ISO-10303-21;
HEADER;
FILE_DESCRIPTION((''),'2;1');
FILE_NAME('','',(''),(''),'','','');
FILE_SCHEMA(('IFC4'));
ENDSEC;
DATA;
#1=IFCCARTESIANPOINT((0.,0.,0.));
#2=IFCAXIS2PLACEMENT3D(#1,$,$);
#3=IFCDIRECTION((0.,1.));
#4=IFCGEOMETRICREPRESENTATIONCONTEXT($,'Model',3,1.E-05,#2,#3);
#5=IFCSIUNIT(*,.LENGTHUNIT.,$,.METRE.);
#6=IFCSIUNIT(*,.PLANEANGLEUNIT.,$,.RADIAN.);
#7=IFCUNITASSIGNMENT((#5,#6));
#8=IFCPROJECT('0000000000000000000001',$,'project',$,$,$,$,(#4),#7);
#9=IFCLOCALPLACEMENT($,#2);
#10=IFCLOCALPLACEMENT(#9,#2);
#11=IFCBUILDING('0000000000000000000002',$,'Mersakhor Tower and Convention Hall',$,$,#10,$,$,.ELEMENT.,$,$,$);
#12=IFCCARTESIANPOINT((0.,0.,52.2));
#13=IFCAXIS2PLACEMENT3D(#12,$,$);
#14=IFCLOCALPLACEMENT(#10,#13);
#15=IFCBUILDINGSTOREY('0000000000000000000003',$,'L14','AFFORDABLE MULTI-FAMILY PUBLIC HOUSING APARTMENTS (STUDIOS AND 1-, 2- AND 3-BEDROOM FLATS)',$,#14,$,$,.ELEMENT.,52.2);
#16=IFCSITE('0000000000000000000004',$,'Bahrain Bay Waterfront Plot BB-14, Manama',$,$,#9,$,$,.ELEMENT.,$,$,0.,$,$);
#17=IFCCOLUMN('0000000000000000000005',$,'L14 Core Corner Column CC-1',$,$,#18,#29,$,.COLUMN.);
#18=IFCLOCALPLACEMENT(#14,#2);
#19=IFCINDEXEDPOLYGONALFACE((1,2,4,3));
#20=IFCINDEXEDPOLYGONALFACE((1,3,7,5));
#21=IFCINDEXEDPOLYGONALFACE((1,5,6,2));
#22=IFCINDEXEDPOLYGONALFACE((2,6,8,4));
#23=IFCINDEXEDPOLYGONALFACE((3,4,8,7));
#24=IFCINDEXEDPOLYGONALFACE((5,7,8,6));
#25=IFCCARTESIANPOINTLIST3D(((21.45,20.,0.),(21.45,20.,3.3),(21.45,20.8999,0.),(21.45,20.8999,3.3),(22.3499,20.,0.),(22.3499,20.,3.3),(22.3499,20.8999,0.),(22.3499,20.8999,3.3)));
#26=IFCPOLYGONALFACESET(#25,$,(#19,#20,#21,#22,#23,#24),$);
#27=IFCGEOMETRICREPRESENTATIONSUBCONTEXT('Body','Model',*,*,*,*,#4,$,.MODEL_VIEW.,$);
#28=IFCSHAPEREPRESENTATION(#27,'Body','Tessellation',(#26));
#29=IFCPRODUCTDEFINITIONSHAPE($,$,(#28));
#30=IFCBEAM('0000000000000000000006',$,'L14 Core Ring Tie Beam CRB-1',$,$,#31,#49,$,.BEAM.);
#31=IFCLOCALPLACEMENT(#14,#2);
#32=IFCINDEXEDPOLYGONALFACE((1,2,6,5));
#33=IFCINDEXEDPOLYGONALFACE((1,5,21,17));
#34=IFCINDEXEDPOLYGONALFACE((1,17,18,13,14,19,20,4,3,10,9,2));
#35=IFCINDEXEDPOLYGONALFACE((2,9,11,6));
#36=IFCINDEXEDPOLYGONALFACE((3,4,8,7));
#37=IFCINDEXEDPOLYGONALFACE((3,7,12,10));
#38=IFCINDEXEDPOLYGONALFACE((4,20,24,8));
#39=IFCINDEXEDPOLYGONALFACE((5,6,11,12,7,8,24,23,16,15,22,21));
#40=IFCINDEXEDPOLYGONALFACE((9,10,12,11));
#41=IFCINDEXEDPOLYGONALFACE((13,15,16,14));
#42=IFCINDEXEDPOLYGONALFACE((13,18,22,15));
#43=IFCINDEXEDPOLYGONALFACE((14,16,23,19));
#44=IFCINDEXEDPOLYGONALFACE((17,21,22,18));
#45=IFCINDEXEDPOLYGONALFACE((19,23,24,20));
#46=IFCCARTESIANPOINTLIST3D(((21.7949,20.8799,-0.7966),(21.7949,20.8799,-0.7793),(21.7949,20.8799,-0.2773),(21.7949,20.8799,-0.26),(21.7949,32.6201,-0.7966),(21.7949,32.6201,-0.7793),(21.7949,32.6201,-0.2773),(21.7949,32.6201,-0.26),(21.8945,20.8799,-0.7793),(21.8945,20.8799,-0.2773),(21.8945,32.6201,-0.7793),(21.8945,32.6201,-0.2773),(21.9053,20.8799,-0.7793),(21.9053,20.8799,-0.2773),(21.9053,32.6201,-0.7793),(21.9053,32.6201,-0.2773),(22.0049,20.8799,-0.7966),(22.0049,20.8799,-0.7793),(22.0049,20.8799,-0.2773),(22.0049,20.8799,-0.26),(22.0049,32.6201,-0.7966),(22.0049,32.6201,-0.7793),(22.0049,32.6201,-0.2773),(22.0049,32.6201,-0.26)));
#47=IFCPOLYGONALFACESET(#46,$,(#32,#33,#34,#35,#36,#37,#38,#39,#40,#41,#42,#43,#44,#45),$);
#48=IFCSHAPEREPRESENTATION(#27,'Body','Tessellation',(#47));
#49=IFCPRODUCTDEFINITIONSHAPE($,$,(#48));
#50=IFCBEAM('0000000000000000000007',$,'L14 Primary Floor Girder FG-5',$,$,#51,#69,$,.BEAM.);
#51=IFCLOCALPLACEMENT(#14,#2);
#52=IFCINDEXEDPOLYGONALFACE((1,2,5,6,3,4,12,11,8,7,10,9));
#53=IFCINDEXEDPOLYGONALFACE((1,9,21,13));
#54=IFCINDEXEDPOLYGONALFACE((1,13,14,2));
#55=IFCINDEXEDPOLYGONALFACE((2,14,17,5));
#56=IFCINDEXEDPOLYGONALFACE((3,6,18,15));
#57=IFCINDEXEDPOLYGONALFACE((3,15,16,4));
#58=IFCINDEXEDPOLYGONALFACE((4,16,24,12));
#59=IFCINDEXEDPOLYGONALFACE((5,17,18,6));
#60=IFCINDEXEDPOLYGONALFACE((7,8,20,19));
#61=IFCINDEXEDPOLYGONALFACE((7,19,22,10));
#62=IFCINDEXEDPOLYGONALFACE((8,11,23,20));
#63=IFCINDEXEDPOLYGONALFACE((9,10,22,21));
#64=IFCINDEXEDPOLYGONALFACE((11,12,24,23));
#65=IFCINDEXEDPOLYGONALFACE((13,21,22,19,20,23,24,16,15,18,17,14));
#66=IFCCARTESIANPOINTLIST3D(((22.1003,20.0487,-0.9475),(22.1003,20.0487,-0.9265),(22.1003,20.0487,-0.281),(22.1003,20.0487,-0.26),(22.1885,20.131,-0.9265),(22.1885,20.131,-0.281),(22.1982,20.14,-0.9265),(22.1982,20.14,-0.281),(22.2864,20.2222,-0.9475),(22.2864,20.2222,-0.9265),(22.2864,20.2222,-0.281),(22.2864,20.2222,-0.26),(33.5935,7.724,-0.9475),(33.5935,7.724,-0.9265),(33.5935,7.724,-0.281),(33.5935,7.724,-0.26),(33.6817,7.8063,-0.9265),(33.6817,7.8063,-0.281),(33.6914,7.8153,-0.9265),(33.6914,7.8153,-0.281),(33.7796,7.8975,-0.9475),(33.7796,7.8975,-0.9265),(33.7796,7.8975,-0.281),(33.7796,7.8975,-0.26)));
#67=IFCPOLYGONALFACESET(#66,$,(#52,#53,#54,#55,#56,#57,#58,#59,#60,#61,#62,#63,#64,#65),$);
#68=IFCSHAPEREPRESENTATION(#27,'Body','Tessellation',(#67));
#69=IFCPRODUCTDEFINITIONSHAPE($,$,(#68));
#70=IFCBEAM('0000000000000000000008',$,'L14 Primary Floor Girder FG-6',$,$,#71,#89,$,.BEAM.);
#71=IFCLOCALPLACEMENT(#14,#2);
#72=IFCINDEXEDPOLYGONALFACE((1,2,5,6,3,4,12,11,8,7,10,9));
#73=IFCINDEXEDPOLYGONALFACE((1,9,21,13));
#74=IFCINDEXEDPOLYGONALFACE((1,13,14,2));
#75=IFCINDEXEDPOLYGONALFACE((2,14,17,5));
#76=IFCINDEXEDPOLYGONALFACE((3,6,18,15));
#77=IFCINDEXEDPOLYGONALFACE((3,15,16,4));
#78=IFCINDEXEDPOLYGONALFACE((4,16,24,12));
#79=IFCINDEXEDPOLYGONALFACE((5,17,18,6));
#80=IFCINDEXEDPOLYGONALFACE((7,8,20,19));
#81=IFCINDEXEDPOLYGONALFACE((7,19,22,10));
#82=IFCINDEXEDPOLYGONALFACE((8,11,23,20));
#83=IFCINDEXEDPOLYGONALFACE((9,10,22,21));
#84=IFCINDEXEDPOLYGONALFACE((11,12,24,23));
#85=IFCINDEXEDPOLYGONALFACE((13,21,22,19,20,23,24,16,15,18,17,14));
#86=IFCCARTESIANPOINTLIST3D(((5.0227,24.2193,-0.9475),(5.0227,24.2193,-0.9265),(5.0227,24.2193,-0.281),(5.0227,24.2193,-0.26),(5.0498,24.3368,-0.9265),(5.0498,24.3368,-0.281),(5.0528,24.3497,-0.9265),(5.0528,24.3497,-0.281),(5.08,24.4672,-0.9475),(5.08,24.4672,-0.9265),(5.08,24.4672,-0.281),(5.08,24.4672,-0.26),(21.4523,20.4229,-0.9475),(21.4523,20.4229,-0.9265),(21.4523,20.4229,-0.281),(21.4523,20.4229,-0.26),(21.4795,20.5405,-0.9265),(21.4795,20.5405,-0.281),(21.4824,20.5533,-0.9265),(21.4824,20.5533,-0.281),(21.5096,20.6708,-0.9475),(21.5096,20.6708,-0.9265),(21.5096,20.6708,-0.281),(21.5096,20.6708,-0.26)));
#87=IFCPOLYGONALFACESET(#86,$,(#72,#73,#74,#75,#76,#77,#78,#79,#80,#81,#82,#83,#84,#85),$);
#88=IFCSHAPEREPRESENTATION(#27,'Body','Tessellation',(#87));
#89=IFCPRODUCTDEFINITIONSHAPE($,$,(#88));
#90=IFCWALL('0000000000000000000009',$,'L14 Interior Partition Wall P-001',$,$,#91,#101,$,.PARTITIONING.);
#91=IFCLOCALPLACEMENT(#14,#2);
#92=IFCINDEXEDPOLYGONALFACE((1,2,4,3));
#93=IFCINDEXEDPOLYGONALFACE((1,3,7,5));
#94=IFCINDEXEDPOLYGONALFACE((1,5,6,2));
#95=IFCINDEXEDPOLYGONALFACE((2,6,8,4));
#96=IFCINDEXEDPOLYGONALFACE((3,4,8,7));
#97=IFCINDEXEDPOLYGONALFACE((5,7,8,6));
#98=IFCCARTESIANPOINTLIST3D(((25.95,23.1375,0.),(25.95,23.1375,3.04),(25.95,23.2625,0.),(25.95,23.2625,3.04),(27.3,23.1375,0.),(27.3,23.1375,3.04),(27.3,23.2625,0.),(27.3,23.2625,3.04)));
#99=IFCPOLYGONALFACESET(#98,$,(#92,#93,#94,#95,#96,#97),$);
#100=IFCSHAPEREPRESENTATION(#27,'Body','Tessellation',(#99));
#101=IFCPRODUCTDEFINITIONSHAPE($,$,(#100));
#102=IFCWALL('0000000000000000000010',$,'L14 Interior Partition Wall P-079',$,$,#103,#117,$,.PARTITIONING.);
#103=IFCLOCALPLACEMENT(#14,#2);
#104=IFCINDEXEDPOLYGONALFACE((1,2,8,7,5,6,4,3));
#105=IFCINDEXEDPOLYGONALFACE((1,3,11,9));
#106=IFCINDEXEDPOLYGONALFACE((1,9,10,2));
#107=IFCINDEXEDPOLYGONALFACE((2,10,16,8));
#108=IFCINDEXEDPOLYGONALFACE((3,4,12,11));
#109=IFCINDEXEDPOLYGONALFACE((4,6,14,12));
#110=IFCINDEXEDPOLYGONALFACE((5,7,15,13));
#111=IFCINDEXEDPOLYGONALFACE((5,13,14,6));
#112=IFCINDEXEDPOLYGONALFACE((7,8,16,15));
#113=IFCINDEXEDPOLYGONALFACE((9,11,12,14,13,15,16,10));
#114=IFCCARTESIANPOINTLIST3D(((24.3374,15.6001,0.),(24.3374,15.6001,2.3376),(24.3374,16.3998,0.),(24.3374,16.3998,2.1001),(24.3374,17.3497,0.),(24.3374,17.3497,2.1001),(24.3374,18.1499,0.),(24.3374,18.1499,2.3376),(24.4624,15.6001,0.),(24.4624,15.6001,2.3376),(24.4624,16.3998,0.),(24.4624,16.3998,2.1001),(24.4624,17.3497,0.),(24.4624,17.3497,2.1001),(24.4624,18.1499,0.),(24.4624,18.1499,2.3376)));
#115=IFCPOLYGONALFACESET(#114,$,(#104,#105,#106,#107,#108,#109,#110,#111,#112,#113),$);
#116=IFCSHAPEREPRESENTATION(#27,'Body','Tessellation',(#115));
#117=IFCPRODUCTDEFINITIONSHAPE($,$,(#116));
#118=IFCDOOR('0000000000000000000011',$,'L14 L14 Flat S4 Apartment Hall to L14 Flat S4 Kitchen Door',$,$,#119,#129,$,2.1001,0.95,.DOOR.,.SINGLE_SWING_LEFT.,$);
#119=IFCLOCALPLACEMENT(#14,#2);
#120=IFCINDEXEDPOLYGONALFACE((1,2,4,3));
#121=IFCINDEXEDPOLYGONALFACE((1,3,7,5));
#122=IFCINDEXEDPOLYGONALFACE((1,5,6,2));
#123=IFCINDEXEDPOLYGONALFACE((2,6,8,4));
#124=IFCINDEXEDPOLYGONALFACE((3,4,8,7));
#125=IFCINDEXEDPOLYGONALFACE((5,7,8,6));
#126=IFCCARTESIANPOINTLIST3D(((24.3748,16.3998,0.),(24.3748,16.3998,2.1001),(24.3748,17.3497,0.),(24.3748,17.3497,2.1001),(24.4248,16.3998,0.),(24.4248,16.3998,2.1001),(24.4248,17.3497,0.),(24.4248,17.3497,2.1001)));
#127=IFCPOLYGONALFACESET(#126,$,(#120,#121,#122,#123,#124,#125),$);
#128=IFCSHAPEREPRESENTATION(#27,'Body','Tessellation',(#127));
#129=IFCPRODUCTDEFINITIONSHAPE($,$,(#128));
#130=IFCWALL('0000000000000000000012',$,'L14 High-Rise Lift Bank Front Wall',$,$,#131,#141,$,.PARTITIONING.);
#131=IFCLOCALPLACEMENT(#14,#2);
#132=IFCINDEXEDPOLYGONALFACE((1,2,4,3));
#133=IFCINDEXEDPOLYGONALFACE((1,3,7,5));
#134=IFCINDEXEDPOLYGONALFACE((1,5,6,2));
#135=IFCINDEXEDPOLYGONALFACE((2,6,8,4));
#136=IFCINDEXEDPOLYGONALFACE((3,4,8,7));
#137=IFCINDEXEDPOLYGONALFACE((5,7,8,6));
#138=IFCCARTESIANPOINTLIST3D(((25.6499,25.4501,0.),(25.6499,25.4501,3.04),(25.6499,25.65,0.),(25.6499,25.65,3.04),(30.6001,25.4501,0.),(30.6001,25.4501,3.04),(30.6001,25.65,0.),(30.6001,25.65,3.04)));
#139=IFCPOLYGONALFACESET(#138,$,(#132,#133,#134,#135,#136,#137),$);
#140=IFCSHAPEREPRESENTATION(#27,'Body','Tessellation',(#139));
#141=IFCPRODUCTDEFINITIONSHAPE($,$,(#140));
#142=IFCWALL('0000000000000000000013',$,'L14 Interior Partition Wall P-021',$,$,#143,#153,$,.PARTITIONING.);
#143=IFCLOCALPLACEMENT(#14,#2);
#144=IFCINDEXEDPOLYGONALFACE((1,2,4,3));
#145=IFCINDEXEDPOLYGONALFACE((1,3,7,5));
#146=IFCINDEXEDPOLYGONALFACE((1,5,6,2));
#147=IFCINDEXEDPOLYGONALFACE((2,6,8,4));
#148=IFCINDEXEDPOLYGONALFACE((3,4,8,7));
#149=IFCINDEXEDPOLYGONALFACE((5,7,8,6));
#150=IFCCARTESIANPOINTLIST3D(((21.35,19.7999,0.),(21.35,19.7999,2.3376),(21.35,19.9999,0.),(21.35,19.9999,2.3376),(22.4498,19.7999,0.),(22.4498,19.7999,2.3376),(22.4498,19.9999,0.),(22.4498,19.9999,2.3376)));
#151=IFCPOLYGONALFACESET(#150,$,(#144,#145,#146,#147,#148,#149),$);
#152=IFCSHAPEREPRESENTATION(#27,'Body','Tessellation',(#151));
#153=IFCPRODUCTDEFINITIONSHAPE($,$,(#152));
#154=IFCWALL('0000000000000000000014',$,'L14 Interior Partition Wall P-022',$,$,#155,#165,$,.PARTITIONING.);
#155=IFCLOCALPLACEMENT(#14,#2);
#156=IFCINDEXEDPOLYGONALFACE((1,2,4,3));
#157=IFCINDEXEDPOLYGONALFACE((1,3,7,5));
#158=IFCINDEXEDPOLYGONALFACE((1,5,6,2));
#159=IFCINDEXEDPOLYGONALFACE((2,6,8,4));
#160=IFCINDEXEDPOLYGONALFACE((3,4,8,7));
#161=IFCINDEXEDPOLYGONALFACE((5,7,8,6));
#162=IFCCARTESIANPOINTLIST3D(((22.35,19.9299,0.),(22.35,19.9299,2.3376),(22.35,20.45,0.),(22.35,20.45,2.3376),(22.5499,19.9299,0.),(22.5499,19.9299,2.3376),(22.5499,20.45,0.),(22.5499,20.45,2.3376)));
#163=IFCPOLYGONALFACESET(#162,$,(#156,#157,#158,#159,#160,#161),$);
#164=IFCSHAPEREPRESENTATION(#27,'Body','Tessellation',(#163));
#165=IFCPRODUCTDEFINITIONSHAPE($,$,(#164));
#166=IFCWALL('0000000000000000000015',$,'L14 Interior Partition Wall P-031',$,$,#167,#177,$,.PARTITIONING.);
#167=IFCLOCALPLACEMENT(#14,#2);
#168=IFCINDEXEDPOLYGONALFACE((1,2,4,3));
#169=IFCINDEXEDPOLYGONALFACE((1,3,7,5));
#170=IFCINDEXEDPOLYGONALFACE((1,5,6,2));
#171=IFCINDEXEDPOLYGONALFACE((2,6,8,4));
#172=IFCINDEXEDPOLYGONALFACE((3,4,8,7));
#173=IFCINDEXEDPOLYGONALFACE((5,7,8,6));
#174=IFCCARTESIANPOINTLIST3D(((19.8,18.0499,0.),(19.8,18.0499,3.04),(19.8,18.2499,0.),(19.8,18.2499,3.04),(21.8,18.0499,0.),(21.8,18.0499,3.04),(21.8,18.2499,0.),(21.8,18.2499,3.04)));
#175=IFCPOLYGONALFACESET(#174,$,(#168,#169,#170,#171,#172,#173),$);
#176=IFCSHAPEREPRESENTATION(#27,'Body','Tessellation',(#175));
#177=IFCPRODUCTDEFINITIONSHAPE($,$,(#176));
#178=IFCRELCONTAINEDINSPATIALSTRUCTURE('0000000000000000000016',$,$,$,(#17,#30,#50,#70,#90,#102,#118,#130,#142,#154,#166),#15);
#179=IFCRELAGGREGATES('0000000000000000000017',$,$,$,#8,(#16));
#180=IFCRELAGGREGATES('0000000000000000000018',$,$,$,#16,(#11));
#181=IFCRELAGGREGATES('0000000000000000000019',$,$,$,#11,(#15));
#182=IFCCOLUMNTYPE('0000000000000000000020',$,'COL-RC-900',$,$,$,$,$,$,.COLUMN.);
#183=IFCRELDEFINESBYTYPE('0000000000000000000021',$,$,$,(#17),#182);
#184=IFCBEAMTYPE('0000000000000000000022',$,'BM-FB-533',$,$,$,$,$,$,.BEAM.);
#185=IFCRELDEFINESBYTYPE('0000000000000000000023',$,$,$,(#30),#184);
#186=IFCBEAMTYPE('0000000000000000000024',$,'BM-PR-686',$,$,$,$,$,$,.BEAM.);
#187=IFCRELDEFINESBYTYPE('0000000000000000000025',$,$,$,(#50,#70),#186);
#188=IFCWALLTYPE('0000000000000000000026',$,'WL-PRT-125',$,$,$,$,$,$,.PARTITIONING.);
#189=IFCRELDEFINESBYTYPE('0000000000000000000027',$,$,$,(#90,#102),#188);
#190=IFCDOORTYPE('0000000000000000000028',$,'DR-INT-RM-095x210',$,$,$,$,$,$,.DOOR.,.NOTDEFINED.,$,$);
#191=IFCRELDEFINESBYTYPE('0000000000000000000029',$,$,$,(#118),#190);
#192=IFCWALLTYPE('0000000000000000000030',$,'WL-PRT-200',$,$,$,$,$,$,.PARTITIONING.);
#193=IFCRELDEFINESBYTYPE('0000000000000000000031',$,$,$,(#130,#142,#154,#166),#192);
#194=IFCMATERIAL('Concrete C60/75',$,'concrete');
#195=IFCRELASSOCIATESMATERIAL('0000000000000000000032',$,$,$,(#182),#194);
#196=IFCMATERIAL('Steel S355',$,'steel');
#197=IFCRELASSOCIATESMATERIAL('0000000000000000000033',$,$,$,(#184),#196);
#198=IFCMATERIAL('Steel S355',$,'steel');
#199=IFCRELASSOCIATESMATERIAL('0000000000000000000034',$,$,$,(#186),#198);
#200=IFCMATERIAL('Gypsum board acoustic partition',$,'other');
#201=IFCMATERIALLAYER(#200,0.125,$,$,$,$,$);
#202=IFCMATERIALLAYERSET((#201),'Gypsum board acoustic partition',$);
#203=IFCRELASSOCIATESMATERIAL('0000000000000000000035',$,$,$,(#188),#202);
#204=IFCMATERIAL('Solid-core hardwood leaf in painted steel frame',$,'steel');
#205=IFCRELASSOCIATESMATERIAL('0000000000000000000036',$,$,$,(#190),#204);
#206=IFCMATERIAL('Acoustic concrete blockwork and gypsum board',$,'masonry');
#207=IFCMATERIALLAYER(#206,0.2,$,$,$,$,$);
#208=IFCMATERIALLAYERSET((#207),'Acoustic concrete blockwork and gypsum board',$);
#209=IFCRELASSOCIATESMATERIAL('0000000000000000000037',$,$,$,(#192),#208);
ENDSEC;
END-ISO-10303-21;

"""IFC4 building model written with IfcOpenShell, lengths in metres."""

from ifc_helpers import new_model, si_unit, direction, frame, frame_2d, origin, origin_2d, place, context, subcontext, project, spatial, rectangle, i_section, extrude, material, layer, layer_set, material_profile, profile_set, type_object, element, fill, save


model = new_model("IFC4")

# Units and contexts
model_context = context("Model", 3, precision=1e-05, world=origin(), true_north=direction((0.0, 1.0)))
body_context = subcontext(model_context, "Body", "Model", "MODEL_VIEW")
ifc_project = project(units=[si_unit("LENGTHUNIT", "METRE"), si_unit("PLANEANGLEUNIT", "RADIAN")], contexts=[model_context])

# Site, building, storey
site_placement = place(None, origin())
site = spatial("IfcSite", under=ifc_project, at=site_placement, Name="Bahrain Bay Waterfront Plot BB-14, Manama", CompositionType="ELEMENT", RefElevation=0.0)
building_placement = place(site_placement, origin())
building = spatial("IfcBuilding", under=site, at=building_placement, Name="Mersakhor Tower and Convention Hall", CompositionType="ELEMENT")
storey_placement = place(building_placement, frame((0.0, 0.0, 52.2)))
storey = spatial("IfcBuildingStorey", under=building, at=storey_placement, Name="L14", Description="AFFORDABLE MULTI-FAMILY PUBLIC HOUSING APARTMENTS (STUDIOS AND 1-, 2- AND 3-BEDROOM FLATS)", CompositionType="ELEMENT", Elevation=52.2)

# Column
ifc_material_1 = material(Name="Concrete C60/75", Category="concrete")
ifc_material_profile_1 = material_profile(ifc_material_1, rectangle(XDim=0.8999, YDim=0.8999, at=origin_2d()), Name="RC 900x900")
ifc_profile_set_1 = profile_set([ifc_material_profile_1], Name="Concrete C60/75")
column_type = type_object("IfcColumnType", Name="COL-RC-900", PredefinedType="COLUMN", material=ifc_profile_set_1)
column_placement = place(storey_placement, frame((21.8999, 20.45, 0.0), z_axis=(0.0, 0.0, 1.0), x_axis=(1.0, 0.0, 0.0)))
element("IfcColumn", 1, at=column_placement, inside=storey, type_object=column_type, Name="L14 Core Corner Column CC-1", PredefinedType="COLUMN", context=body_context, shape_type="SweptSolid", body=[
    extrude(rectangle(XDim=0.8999, YDim=0.8999, at=origin_2d()), origin(), (0.0, 0.0, 1.0), 3.3),
])

# Beams
ifc_material_2 = material(Name="Steel S355", Category="steel")
ifc_material_profile_2 = material_profile(ifc_material_2, i_section(OverallWidth=0.21, OverallDepth=0.5366, WebThickness=0.0107, FlangeThickness=0.0173, at=origin_2d()), Name="UB 533x210x101")
ifc_profile_set_2 = profile_set([ifc_material_profile_2], Name="Steel S355")
beam_type_1 = type_object("IfcBeamType", Name="BM-FB-533", PredefinedType="BEAM", material=ifc_profile_set_2)
beam_1_placement = place(storey_placement, frame((21.8999, 20.8799, -0.5283), z_axis=(0.0, 1.0, 0.0), x_axis=(-1.0, 0.0, 0.0)))
element("IfcBeam", 2, at=beam_1_placement, inside=storey, type_object=beam_type_1, Name="L14 Core Ring Tie Beam CRB-1", PredefinedType="BEAM", context=body_context, shape_type="SweptSolid", body=[
    extrude(i_section(OverallWidth=0.21, OverallDepth=0.5366, WebThickness=0.0107, FlangeThickness=0.0173, at=origin_2d()), origin(), (0.0, 0.0, 1.0), 11.7402),
])
ifc_material_3 = material(Name="Steel S355", Category="steel")
ifc_material_profile_3 = material_profile(ifc_material_3, i_section(OverallWidth=0.2544, OverallDepth=0.6875, WebThickness=0.0132, FlangeThickness=0.021, at=origin_2d()), Name="UB 686x254x152")
ifc_profile_set_3 = profile_set([ifc_material_profile_3], Name="Steel S355")
beam_type_2 = type_object("IfcBeamType", Name="BM-PR-686", PredefinedType="BEAM", material=ifc_profile_set_3)
beam_2_placement = place(storey_placement, frame((22.1934, 20.1355, -0.6038), z_axis=(0.682004, -0.731348, 0.0), x_axis=(0.731348, 0.682004, 0.0)))
element("IfcBeam", 3, at=beam_2_placement, inside=storey, type_object=beam_type_2, Name="L14 Primary Floor Girder FG-5", PredefinedType="BEAM", context=body_context, shape_type="SweptSolid", body=[
    extrude(i_section(OverallWidth=0.2544, OverallDepth=0.6875, WebThickness=0.0132, FlangeThickness=0.021, at=origin_2d()), origin(), (0.0, 0.0, 1.0), 16.8521),
])
beam_3_placement = place(storey_placement, frame((21.481, 20.5469, -0.6038), z_axis=(-0.974327, 0.225137, 0.0), x_axis=(-0.225137, -0.974327, 0.0)))
element("IfcBeam", 4, at=beam_3_placement, inside=storey, type_object=beam_type_2, Name="L14 Primary Floor Girder FG-6", PredefinedType="BEAM", context=body_context, shape_type="SweptSolid", body=[
    extrude(i_section(OverallWidth=0.2544, OverallDepth=0.6875, WebThickness=0.0132, FlangeThickness=0.021, at=origin_2d()), origin(), (0.0, 0.0, 1.0), 16.8625),
])

# Wall
ifc_material_4 = material(Name="Gypsum board acoustic partition", Category="other")
ifc_layer_1 = layer(ifc_material_4, 0.125)
ifc_layer_set_1 = layer_set([ifc_layer_1], Name="Gypsum board acoustic partition")
wall_type_1 = type_object("IfcWallType", Name="WL-PRT-125", PredefinedType="PARTITIONING", material=ifc_layer_set_1)
wall_1_placement = place(storey_placement, frame((25.95, 23.2, 0.0), z_axis=(0.0, 0.0, 1.0), x_axis=(1.0, 0.0, 0.0)))
element("IfcWall", 5, at=wall_1_placement, inside=storey, type_object=wall_type_1, Name="L14 Interior Partition Wall P-001", PredefinedType="PARTITIONING", context=body_context, shape_type="SweptSolid", body=[
    extrude(rectangle(XDim=1.3501, YDim=0.125, at=frame_2d((0.675, 0.0))), origin(), (0.0, 0.0, 1.0), 3.04),
])

# Wall, opening, door
wall_2_placement = place(storey_placement, frame((24.3999, 18.1499, 0.0), z_axis=(0.0, 0.0, 1.0), x_axis=(0.0, -1.0, 0.0)))
wall_2 = element("IfcWall", 6, at=wall_2_placement, inside=storey, type_object=wall_type_1, Name="L14 Interior Partition Wall P-079", PredefinedType="PARTITIONING", context=body_context, shape_type="SweptSolid", body=[
    extrude(rectangle(XDim=2.5498, YDim=0.125, at=frame_2d((1.2749, 0.0))), origin(), (0.0, 0.0, 1.0), 2.3376),
])
opening_1_placement = place(wall_2_placement, frame((0.8, 0.0, 0.0)))
opening_1 = element("IfcOpeningElement", 7, at=opening_1_placement, cuts=wall_2, PredefinedType="OPENING", context=body_context, shape_type="SweptSolid", body=[
    extrude(rectangle(XDim=0.95, YDim=2.1001, at=frame_2d((0.4751, 1.05))), frame((0.0, 0.0725, 0.0), z_axis=(0.0, -1.0, 0.0), x_axis=(1.0, 0.0, 0.0)), (0.0, 0.0, 1.0), 0.145),
])
ifc_material_5 = material(Name="Solid-core hardwood leaf in painted steel frame", Category="steel")
door_type_1 = type_object("IfcDoorType", Name="DR-INT-RM-095x210", OperationType="NOTDEFINED", PredefinedType="DOOR", material=ifc_material_5)
door_1_placement = place(opening_1_placement, origin())
door_1 = element("IfcDoor", 8, at=door_1_placement, inside=storey, type_object=door_type_1, Name="L14 L14 Flat S4 Apartment Hall to L14 Flat S4 Kitchen Door", OperationType="SINGLE_SWING_LEFT", OverallHeight=2.1001, OverallWidth=0.95, PredefinedType="DOOR", context=body_context, shape_type="SweptSolid", body=[
    extrude(rectangle(XDim=0.95, YDim=2.1001, at=frame_2d((0.4751, 1.05))), frame((0.0, 0.0249, 0.0), z_axis=(0.0, -1.0, 0.0), x_axis=(1.0, 0.0, 0.0)), (0.0, 0.0, 1.0), 0.05),
])
fill(opening_1, door_1)

# Walls
ifc_material_6 = material(Name="Acoustic concrete blockwork and gypsum board", Category="masonry")
ifc_layer_2 = layer(ifc_material_6, 0.2)
ifc_layer_set_2 = layer_set([ifc_layer_2], Name="Acoustic concrete blockwork and gypsum board")
wall_type_2 = type_object("IfcWallType", Name="WL-PRT-200", PredefinedType="PARTITIONING", material=ifc_layer_set_2)
wall_3_placement = place(storey_placement, frame((25.6499, 25.55, 0.0), z_axis=(0.0, 0.0, 1.0), x_axis=(1.0, 0.0, 0.0)))
element("IfcWall", 9, at=wall_3_placement, inside=storey, type_object=wall_type_2, Name="L14 High-Rise Lift Bank Front Wall", PredefinedType="PARTITIONING", context=body_context, shape_type="SweptSolid", body=[
    extrude(rectangle(XDim=4.9502, YDim=0.2, at=frame_2d((2.4751, 0.0))), origin(), (0.0, 0.0, 1.0), 3.04),
])
wall_4_placement = place(storey_placement, frame((21.3501, 19.8999, 0.0), z_axis=(0.0, 0.0, 1.0), x_axis=(1.0, 0.0, 0.0)))
element("IfcWall", 10, at=wall_4_placement, inside=storey, type_object=wall_type_2, Name="L14 Interior Partition Wall P-021", PredefinedType="PARTITIONING", context=body_context, shape_type="SweptSolid", body=[
    extrude(rectangle(XDim=1.0999, YDim=0.2, at=frame_2d((0.5498, 0.0))), origin(), (0.0, 0.0, 1.0), 2.3376),
])
wall_5_placement = place(storey_placement, frame((22.45, 19.9299, 0.0), z_axis=(0.0, 0.0, 1.0), x_axis=(0.0, 1.0, 0.0)))
element("IfcWall", 11, at=wall_5_placement, inside=storey, type_object=wall_type_2, Name="L14 Interior Partition Wall P-022", PredefinedType="PARTITIONING", context=body_context, shape_type="SweptSolid", body=[
    extrude(rectangle(XDim=0.52, YDim=0.2, at=frame_2d((0.26, 0.0))), origin(), (0.0, 0.0, 1.0), 2.3376),
])

# Wall
wall_6_placement = place(storey_placement, frame((21.8, 18.1499, 0.0), z_axis=(0.0, 0.0, 1.0), x_axis=(-1.0, 0.0, 0.0)))
element("IfcWall", 12, at=wall_6_placement, inside=storey, type_object=wall_type_2, Name="L14 Interior Partition Wall P-031", PredefinedType="PARTITIONING", context=body_context, shape_type="SweptSolid", body=[
    extrude(rectangle(XDim=2.0, YDim=0.2, at=frame_2d((1.0, 0.0))), origin(), (0.0, 0.0, 1.0), 3.04),
])

save(model, "model.ifc")
